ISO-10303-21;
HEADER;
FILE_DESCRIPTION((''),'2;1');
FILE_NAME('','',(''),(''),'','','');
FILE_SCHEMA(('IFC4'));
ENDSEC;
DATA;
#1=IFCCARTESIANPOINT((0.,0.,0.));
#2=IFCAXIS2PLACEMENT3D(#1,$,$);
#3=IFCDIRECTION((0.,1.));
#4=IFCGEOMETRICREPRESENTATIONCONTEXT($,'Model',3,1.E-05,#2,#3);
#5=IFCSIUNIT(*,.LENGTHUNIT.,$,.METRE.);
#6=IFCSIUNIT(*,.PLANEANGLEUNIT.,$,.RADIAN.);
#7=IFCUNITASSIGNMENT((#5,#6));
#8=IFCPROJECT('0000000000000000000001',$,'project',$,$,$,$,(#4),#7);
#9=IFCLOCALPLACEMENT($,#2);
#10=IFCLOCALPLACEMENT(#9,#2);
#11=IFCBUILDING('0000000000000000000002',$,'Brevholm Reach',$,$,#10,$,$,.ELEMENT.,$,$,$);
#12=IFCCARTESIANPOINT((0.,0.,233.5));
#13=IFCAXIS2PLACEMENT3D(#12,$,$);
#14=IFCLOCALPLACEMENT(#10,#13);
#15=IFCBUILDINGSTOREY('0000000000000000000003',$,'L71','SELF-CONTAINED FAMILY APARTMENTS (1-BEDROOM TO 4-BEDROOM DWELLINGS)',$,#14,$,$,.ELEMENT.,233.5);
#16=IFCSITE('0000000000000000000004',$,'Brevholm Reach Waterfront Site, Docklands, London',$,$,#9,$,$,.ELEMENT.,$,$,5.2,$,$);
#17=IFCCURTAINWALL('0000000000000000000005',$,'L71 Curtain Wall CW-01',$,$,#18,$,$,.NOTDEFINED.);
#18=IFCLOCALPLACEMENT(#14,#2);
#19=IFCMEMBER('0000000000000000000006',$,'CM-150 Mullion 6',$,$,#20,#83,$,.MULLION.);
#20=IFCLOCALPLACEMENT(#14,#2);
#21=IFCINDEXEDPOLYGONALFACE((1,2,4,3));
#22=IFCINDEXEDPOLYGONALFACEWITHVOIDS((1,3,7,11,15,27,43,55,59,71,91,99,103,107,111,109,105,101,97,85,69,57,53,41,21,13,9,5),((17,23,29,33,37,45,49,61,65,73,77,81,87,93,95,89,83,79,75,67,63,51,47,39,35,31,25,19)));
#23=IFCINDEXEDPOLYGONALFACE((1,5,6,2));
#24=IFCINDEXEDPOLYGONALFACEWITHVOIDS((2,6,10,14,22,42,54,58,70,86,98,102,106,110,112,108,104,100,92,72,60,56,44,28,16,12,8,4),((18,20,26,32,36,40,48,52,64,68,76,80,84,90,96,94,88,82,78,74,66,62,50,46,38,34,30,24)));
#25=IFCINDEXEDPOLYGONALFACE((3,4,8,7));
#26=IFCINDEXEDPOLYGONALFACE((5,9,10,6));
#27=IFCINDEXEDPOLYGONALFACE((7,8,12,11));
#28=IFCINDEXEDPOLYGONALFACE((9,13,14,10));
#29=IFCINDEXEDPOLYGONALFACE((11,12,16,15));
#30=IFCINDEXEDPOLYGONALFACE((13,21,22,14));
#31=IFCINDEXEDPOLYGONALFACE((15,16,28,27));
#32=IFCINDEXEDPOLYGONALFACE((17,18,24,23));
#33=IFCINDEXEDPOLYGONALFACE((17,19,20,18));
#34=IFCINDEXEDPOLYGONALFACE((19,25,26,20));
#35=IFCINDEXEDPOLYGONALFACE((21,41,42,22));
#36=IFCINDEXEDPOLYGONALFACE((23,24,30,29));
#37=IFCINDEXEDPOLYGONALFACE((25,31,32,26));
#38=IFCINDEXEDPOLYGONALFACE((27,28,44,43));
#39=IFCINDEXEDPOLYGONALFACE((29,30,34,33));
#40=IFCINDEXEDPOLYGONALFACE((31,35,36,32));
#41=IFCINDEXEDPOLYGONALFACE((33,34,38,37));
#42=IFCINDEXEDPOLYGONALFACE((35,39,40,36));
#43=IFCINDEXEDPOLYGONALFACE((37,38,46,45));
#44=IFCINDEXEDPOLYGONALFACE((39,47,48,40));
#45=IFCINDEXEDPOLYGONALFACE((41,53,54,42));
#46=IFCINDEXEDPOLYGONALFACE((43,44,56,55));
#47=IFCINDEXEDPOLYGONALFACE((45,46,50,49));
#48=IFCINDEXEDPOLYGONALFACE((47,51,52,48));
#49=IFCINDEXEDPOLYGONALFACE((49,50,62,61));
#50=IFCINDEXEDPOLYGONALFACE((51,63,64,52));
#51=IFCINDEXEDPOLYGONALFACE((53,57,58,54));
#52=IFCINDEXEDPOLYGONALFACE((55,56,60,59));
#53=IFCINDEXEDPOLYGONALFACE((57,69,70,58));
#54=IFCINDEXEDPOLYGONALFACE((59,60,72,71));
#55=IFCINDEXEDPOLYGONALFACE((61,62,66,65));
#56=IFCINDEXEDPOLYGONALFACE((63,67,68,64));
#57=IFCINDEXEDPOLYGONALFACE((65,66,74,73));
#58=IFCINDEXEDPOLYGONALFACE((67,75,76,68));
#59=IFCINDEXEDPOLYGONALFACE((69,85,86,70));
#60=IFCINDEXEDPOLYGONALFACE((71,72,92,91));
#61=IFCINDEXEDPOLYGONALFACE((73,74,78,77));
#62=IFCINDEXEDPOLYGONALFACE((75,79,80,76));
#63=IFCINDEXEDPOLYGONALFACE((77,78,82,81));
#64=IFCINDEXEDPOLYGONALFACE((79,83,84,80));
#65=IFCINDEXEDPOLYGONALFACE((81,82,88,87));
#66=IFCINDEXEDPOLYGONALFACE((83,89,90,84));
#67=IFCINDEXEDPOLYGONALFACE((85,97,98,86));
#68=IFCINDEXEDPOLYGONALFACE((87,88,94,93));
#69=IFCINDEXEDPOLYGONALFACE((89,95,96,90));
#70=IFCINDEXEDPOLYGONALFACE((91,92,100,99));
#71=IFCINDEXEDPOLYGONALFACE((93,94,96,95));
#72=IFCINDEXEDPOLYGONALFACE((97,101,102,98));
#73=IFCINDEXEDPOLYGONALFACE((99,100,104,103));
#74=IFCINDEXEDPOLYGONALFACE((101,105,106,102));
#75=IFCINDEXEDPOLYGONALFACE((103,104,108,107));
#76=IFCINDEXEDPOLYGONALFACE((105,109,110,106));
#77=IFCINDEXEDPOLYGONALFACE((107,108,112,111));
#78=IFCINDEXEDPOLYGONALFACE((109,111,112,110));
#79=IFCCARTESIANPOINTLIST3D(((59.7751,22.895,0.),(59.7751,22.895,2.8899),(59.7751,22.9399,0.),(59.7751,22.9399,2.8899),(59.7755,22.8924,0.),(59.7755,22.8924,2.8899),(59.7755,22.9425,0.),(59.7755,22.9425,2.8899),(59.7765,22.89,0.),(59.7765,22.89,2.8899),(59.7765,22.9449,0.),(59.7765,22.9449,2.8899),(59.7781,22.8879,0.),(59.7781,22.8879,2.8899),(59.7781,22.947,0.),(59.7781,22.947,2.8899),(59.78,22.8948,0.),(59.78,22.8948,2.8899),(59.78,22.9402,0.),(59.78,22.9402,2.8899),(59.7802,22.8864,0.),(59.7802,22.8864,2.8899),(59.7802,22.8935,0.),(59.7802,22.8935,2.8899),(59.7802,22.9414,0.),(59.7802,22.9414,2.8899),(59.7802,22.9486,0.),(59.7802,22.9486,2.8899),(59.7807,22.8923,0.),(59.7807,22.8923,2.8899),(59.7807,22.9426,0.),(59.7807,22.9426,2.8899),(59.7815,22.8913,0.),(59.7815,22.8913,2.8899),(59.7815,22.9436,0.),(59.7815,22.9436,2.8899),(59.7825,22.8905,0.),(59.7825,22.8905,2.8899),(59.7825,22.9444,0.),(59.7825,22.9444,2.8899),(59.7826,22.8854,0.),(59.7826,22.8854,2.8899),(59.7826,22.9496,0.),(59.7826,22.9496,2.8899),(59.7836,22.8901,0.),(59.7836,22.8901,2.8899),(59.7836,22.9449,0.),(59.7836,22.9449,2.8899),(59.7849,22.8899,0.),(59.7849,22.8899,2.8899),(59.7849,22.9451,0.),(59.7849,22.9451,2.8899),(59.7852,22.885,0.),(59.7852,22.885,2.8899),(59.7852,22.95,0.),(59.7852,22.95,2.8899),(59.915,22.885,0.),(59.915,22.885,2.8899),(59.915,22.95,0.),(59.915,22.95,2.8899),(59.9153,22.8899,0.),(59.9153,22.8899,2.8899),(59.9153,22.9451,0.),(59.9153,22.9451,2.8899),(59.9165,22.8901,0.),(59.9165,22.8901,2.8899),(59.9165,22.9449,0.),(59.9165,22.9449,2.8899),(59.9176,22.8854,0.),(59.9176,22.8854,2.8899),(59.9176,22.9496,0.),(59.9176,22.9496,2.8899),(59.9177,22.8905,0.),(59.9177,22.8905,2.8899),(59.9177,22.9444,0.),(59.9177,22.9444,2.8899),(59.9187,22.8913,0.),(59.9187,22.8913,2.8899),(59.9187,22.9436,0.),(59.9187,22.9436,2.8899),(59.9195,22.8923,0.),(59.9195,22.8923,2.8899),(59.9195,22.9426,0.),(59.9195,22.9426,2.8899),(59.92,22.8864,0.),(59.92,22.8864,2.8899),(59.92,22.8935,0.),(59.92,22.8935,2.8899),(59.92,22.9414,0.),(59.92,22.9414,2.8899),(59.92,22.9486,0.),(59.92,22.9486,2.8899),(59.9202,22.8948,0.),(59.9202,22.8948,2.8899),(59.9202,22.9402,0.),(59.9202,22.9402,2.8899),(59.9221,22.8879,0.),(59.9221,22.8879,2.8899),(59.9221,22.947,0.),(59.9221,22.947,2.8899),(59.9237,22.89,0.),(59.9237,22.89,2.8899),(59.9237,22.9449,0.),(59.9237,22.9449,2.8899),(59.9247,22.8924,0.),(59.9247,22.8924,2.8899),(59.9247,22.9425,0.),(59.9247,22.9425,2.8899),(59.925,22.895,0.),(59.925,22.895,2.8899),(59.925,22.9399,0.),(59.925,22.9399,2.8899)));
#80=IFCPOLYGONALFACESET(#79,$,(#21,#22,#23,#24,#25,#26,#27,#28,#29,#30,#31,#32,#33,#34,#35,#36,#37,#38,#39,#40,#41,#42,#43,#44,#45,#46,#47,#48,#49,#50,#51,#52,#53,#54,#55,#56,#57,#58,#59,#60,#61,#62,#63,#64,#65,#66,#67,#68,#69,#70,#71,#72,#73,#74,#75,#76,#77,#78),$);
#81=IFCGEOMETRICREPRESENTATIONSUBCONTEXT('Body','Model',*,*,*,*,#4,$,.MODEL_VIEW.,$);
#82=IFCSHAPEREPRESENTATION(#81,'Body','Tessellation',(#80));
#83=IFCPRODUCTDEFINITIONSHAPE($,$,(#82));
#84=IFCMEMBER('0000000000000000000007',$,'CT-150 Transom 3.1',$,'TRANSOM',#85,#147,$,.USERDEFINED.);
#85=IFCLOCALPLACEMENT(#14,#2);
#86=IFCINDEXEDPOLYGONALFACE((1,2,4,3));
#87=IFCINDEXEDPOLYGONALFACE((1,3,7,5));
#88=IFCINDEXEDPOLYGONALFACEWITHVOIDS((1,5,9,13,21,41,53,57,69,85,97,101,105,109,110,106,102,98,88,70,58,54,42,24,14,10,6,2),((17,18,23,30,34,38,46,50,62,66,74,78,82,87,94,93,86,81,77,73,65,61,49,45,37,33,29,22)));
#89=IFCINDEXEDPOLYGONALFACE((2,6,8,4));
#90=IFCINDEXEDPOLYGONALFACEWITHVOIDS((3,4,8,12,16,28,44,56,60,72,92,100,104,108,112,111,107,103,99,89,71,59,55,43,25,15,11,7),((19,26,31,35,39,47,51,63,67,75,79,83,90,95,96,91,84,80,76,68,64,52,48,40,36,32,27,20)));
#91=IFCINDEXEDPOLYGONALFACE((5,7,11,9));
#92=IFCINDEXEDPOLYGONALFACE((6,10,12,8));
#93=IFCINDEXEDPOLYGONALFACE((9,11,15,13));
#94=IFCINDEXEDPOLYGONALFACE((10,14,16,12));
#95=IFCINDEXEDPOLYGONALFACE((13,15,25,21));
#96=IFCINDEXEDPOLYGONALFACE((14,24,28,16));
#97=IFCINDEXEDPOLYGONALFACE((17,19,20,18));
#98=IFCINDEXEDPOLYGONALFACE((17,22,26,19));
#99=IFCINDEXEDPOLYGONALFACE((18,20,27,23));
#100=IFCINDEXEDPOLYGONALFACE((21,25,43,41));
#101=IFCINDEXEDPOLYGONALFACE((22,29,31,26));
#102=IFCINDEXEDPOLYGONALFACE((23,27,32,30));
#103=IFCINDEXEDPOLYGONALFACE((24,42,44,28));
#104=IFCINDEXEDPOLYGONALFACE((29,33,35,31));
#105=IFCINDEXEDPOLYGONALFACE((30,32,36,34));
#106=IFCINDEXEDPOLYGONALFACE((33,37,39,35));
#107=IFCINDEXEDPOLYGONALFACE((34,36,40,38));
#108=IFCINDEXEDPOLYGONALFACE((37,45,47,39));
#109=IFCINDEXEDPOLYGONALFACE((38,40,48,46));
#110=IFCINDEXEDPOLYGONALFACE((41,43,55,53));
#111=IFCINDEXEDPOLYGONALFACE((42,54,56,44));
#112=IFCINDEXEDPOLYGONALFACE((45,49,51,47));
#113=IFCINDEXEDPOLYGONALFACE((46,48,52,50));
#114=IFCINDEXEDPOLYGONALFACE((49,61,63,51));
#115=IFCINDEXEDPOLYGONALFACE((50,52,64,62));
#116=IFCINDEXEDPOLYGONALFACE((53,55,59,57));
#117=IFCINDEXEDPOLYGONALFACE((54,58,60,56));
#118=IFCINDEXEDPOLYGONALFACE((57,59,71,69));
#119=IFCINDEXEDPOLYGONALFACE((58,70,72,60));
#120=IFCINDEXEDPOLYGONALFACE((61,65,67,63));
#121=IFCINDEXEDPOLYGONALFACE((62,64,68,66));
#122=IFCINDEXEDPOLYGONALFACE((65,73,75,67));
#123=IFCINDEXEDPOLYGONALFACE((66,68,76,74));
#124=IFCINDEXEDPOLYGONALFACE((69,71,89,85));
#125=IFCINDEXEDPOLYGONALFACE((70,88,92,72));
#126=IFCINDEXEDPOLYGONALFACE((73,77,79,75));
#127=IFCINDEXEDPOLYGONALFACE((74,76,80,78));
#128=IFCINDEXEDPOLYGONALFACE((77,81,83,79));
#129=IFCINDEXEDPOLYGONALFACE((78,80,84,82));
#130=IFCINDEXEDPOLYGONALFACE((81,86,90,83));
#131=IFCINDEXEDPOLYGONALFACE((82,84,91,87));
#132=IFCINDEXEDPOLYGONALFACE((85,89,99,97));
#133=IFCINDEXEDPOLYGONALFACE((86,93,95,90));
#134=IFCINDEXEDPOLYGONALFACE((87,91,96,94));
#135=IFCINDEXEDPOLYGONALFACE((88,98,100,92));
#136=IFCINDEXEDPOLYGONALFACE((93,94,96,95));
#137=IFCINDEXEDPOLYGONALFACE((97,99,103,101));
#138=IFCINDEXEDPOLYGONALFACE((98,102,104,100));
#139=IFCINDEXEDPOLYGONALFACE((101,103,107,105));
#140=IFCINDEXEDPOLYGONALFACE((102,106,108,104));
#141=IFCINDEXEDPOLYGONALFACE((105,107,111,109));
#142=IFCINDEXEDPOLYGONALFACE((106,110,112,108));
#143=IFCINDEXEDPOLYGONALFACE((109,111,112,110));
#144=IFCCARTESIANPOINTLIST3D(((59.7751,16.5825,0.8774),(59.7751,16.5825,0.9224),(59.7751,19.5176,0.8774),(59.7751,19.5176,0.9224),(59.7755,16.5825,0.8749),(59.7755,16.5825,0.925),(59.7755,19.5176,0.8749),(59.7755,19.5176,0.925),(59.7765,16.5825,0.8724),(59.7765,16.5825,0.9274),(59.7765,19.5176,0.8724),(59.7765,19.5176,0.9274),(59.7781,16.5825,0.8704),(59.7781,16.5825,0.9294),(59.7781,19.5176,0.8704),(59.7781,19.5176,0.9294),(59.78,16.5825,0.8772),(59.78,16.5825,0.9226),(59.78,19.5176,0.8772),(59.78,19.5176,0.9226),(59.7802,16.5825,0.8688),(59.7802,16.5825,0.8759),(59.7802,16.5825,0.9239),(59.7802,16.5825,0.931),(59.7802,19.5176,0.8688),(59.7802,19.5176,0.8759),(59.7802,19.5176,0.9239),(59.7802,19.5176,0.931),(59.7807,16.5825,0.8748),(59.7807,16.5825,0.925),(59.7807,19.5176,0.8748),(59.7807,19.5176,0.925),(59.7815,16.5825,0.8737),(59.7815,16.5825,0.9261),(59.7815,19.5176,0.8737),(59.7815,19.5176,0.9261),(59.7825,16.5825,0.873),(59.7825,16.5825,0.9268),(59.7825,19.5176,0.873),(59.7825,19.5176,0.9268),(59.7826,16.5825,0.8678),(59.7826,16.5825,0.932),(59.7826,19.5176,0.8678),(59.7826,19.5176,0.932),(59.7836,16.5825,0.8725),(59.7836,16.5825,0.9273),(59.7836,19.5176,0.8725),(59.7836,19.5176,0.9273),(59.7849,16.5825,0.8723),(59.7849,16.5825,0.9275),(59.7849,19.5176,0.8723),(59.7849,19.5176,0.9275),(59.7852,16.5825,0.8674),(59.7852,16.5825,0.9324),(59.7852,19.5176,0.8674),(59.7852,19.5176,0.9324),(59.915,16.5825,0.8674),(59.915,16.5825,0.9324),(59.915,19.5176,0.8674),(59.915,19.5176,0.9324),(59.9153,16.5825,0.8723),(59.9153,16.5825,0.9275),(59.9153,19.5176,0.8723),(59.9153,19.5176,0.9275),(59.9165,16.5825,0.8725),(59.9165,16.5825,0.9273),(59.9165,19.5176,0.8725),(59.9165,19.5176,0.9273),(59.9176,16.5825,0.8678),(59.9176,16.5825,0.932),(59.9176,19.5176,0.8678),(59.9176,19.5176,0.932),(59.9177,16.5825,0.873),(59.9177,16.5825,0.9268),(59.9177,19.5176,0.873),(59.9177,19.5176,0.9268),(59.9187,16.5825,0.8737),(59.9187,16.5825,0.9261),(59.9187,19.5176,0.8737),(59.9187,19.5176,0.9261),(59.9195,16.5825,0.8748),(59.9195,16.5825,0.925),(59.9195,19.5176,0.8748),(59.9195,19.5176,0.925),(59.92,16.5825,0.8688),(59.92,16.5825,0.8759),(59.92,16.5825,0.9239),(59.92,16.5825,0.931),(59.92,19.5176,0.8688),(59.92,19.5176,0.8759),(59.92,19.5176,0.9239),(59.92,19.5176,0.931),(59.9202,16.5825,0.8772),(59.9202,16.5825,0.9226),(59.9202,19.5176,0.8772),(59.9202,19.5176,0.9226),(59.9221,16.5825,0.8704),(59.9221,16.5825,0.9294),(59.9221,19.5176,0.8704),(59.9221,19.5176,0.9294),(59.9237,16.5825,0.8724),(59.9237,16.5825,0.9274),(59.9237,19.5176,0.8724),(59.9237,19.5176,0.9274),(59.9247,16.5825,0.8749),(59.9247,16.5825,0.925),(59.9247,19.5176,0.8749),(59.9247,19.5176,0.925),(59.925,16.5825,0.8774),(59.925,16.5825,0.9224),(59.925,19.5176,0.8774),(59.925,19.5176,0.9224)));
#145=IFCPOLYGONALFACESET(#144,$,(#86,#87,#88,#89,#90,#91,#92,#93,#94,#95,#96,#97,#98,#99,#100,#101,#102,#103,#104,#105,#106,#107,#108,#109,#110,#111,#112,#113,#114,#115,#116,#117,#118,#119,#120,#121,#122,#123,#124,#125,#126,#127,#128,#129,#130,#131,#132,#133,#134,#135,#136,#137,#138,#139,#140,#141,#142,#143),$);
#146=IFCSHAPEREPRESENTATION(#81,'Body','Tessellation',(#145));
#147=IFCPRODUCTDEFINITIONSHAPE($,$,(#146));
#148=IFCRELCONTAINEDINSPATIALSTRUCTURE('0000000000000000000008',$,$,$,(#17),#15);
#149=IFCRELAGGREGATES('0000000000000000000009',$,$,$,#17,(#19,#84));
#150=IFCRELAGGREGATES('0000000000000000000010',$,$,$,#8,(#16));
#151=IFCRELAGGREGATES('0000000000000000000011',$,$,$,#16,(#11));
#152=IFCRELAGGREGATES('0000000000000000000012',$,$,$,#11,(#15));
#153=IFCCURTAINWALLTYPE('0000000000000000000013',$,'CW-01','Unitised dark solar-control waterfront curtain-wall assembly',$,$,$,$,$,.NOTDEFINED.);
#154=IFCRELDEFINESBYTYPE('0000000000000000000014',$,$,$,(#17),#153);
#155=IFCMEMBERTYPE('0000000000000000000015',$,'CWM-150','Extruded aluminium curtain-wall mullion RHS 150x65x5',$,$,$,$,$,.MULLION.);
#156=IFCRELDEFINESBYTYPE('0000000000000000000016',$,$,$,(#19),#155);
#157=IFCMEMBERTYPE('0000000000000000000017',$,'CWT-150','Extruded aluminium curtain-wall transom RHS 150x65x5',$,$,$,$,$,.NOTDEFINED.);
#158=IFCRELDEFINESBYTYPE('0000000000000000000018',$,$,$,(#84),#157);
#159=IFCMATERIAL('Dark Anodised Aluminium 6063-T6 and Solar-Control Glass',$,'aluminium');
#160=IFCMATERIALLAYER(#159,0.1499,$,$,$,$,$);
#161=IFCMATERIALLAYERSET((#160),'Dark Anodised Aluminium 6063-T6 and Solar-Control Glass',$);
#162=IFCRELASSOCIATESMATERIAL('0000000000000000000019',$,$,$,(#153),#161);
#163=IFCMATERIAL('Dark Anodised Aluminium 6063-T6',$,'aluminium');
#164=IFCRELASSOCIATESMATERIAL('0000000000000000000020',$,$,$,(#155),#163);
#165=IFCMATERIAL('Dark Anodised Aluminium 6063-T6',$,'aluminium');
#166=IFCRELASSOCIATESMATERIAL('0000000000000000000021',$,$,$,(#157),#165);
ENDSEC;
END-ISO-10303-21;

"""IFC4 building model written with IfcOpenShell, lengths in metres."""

from ifc_helpers import new_model, si_unit, direction, frame, origin, origin_2d, place, context, subcontext, project, spatial, hollow_rectangle, extrude, material, layer, layer_set, material_profile, profile_set, type_object, element, aggregate, save


model = new_model("IFC4")

# Units and contexts
model_context = context("Model", 3, precision=1e-05, world=origin(), true_north=direction((0.0, 1.0)))
body_context = subcontext(model_context, "Body", "Model", "MODEL_VIEW")
ifc_project = project(units=[si_unit("LENGTHUNIT", "METRE"), si_unit("PLANEANGLEUNIT", "RADIAN")], contexts=[model_context])

# Site, building, storey
site_placement = place(None, origin())
site = spatial("IfcSite", under=ifc_project, at=site_placement, Name="Brevholm Reach Waterfront Site, Docklands, London", CompositionType="ELEMENT", RefElevation=5.2)
building_placement = place(site_placement, origin())
building = spatial("IfcBuilding", under=site, at=building_placement, Name="Brevholm Reach", CompositionType="ELEMENT")
storey_placement = place(building_placement, frame((0.0, 0.0, 233.5)))
storey = spatial("IfcBuildingStorey", under=building, at=storey_placement, Name="L71", Description="SELF-CONTAINED FAMILY APARTMENTS (1-BEDROOM TO 4-BEDROOM DWELLINGS)", CompositionType="ELEMENT", Elevation=233.5)

# Curtain wall, members
ifc_material_1 = material(Name="Dark Anodised Aluminium 6063-T6 and Solar-Control Glass", Category="aluminium")
ifc_layer_1 = layer(ifc_material_1, 0.1499)
ifc_layer_set_1 = layer_set([ifc_layer_1], Name="Dark Anodised Aluminium 6063-T6 and Solar-Control Glass")
curtain_wall_type = type_object("IfcCurtainWallType", Name="CW-01", Description="Unitised dark solar-control waterfront curtain-wall assembly", PredefinedType="NOTDEFINED", material=ifc_layer_set_1)
curtain_wall_placement = place(storey_placement, origin())
curtain_wall = element("IfcCurtainWall", 1, at=curtain_wall_placement, inside=storey, type_object=curtain_wall_type, Name="L71 Curtain Wall CW-01", PredefinedType="NOTDEFINED")
ifc_material_2 = material(Name="Dark Anodised Aluminium 6063-T6", Category="aluminium")
ifc_material_profile_1 = material_profile(ifc_material_2, hollow_rectangle(XDim=0.0649, YDim=0.1499, WallThickness=0.0049, InnerFilletRadius=0.0049, OuterFilletRadius=0.01, at=origin_2d()), Name="RHS 150x65x5")
ifc_profile_set_1 = profile_set([ifc_material_profile_1], Name="Dark Anodised Aluminium 6063-T6")
member_type_1 = type_object("IfcMemberType", Name="CWM-150", Description="Extruded aluminium curtain-wall mullion RHS 150x65x5", PredefinedType="MULLION", material=ifc_profile_set_1)
member_1_placement = place(storey_placement, frame((59.8501, 22.9175, 0.0), z_axis=(0.0, 0.0, 1.0), x_axis=(0.0, 1.0, 0.0)))
member_1 = element("IfcMember", 2, at=member_1_placement, type_object=member_type_1, Name="CM-150 Mullion 6", PredefinedType="MULLION", context=body_context, shape_type="SweptSolid", body=[
    extrude(hollow_rectangle(XDim=0.0649, YDim=0.1499, WallThickness=0.0049, InnerFilletRadius=0.0049, OuterFilletRadius=0.01, at=origin_2d()), origin(), (0.0, 0.0, 1.0), 2.8899),
])
ifc_material_3 = material(Name="Dark Anodised Aluminium 6063-T6", Category="aluminium")
ifc_material_profile_2 = material_profile(ifc_material_3, hollow_rectangle(XDim=0.0649, YDim=0.1499, WallThickness=0.0049, InnerFilletRadius=0.0049, OuterFilletRadius=0.01, at=origin_2d()), Name="RHS 150x65x5")
ifc_profile_set_2 = profile_set([ifc_material_profile_2], Name="Dark Anodised Aluminium 6063-T6")
member_type_2 = type_object("IfcMemberType", Name="CWT-150", Description="Extruded aluminium curtain-wall transom RHS 150x65x5", PredefinedType="NOTDEFINED", material=ifc_profile_set_2)
member_2_placement = place(storey_placement, frame((59.8501, 16.5825, 0.8999), z_axis=(0.0, 1.0, 0.0), x_axis=(0.0, 0.0, 1.0)))
member_2 = element("IfcMember", 3, at=member_2_placement, type_object=member_type_2, Name="CT-150 Transom 3.1", ObjectType="TRANSOM", PredefinedType="USERDEFINED", context=body_context, shape_type="SweptSolid", body=[
    extrude(hollow_rectangle(XDim=0.0649, YDim=0.1499, WallThickness=0.0049, InnerFilletRadius=0.0049, OuterFilletRadius=0.01, at=origin_2d()), origin(), (0.0, 0.0, 1.0), 2.9351),
])
aggregate(curtain_wall, [member_1, member_2])

save(model, "model.ifc")
